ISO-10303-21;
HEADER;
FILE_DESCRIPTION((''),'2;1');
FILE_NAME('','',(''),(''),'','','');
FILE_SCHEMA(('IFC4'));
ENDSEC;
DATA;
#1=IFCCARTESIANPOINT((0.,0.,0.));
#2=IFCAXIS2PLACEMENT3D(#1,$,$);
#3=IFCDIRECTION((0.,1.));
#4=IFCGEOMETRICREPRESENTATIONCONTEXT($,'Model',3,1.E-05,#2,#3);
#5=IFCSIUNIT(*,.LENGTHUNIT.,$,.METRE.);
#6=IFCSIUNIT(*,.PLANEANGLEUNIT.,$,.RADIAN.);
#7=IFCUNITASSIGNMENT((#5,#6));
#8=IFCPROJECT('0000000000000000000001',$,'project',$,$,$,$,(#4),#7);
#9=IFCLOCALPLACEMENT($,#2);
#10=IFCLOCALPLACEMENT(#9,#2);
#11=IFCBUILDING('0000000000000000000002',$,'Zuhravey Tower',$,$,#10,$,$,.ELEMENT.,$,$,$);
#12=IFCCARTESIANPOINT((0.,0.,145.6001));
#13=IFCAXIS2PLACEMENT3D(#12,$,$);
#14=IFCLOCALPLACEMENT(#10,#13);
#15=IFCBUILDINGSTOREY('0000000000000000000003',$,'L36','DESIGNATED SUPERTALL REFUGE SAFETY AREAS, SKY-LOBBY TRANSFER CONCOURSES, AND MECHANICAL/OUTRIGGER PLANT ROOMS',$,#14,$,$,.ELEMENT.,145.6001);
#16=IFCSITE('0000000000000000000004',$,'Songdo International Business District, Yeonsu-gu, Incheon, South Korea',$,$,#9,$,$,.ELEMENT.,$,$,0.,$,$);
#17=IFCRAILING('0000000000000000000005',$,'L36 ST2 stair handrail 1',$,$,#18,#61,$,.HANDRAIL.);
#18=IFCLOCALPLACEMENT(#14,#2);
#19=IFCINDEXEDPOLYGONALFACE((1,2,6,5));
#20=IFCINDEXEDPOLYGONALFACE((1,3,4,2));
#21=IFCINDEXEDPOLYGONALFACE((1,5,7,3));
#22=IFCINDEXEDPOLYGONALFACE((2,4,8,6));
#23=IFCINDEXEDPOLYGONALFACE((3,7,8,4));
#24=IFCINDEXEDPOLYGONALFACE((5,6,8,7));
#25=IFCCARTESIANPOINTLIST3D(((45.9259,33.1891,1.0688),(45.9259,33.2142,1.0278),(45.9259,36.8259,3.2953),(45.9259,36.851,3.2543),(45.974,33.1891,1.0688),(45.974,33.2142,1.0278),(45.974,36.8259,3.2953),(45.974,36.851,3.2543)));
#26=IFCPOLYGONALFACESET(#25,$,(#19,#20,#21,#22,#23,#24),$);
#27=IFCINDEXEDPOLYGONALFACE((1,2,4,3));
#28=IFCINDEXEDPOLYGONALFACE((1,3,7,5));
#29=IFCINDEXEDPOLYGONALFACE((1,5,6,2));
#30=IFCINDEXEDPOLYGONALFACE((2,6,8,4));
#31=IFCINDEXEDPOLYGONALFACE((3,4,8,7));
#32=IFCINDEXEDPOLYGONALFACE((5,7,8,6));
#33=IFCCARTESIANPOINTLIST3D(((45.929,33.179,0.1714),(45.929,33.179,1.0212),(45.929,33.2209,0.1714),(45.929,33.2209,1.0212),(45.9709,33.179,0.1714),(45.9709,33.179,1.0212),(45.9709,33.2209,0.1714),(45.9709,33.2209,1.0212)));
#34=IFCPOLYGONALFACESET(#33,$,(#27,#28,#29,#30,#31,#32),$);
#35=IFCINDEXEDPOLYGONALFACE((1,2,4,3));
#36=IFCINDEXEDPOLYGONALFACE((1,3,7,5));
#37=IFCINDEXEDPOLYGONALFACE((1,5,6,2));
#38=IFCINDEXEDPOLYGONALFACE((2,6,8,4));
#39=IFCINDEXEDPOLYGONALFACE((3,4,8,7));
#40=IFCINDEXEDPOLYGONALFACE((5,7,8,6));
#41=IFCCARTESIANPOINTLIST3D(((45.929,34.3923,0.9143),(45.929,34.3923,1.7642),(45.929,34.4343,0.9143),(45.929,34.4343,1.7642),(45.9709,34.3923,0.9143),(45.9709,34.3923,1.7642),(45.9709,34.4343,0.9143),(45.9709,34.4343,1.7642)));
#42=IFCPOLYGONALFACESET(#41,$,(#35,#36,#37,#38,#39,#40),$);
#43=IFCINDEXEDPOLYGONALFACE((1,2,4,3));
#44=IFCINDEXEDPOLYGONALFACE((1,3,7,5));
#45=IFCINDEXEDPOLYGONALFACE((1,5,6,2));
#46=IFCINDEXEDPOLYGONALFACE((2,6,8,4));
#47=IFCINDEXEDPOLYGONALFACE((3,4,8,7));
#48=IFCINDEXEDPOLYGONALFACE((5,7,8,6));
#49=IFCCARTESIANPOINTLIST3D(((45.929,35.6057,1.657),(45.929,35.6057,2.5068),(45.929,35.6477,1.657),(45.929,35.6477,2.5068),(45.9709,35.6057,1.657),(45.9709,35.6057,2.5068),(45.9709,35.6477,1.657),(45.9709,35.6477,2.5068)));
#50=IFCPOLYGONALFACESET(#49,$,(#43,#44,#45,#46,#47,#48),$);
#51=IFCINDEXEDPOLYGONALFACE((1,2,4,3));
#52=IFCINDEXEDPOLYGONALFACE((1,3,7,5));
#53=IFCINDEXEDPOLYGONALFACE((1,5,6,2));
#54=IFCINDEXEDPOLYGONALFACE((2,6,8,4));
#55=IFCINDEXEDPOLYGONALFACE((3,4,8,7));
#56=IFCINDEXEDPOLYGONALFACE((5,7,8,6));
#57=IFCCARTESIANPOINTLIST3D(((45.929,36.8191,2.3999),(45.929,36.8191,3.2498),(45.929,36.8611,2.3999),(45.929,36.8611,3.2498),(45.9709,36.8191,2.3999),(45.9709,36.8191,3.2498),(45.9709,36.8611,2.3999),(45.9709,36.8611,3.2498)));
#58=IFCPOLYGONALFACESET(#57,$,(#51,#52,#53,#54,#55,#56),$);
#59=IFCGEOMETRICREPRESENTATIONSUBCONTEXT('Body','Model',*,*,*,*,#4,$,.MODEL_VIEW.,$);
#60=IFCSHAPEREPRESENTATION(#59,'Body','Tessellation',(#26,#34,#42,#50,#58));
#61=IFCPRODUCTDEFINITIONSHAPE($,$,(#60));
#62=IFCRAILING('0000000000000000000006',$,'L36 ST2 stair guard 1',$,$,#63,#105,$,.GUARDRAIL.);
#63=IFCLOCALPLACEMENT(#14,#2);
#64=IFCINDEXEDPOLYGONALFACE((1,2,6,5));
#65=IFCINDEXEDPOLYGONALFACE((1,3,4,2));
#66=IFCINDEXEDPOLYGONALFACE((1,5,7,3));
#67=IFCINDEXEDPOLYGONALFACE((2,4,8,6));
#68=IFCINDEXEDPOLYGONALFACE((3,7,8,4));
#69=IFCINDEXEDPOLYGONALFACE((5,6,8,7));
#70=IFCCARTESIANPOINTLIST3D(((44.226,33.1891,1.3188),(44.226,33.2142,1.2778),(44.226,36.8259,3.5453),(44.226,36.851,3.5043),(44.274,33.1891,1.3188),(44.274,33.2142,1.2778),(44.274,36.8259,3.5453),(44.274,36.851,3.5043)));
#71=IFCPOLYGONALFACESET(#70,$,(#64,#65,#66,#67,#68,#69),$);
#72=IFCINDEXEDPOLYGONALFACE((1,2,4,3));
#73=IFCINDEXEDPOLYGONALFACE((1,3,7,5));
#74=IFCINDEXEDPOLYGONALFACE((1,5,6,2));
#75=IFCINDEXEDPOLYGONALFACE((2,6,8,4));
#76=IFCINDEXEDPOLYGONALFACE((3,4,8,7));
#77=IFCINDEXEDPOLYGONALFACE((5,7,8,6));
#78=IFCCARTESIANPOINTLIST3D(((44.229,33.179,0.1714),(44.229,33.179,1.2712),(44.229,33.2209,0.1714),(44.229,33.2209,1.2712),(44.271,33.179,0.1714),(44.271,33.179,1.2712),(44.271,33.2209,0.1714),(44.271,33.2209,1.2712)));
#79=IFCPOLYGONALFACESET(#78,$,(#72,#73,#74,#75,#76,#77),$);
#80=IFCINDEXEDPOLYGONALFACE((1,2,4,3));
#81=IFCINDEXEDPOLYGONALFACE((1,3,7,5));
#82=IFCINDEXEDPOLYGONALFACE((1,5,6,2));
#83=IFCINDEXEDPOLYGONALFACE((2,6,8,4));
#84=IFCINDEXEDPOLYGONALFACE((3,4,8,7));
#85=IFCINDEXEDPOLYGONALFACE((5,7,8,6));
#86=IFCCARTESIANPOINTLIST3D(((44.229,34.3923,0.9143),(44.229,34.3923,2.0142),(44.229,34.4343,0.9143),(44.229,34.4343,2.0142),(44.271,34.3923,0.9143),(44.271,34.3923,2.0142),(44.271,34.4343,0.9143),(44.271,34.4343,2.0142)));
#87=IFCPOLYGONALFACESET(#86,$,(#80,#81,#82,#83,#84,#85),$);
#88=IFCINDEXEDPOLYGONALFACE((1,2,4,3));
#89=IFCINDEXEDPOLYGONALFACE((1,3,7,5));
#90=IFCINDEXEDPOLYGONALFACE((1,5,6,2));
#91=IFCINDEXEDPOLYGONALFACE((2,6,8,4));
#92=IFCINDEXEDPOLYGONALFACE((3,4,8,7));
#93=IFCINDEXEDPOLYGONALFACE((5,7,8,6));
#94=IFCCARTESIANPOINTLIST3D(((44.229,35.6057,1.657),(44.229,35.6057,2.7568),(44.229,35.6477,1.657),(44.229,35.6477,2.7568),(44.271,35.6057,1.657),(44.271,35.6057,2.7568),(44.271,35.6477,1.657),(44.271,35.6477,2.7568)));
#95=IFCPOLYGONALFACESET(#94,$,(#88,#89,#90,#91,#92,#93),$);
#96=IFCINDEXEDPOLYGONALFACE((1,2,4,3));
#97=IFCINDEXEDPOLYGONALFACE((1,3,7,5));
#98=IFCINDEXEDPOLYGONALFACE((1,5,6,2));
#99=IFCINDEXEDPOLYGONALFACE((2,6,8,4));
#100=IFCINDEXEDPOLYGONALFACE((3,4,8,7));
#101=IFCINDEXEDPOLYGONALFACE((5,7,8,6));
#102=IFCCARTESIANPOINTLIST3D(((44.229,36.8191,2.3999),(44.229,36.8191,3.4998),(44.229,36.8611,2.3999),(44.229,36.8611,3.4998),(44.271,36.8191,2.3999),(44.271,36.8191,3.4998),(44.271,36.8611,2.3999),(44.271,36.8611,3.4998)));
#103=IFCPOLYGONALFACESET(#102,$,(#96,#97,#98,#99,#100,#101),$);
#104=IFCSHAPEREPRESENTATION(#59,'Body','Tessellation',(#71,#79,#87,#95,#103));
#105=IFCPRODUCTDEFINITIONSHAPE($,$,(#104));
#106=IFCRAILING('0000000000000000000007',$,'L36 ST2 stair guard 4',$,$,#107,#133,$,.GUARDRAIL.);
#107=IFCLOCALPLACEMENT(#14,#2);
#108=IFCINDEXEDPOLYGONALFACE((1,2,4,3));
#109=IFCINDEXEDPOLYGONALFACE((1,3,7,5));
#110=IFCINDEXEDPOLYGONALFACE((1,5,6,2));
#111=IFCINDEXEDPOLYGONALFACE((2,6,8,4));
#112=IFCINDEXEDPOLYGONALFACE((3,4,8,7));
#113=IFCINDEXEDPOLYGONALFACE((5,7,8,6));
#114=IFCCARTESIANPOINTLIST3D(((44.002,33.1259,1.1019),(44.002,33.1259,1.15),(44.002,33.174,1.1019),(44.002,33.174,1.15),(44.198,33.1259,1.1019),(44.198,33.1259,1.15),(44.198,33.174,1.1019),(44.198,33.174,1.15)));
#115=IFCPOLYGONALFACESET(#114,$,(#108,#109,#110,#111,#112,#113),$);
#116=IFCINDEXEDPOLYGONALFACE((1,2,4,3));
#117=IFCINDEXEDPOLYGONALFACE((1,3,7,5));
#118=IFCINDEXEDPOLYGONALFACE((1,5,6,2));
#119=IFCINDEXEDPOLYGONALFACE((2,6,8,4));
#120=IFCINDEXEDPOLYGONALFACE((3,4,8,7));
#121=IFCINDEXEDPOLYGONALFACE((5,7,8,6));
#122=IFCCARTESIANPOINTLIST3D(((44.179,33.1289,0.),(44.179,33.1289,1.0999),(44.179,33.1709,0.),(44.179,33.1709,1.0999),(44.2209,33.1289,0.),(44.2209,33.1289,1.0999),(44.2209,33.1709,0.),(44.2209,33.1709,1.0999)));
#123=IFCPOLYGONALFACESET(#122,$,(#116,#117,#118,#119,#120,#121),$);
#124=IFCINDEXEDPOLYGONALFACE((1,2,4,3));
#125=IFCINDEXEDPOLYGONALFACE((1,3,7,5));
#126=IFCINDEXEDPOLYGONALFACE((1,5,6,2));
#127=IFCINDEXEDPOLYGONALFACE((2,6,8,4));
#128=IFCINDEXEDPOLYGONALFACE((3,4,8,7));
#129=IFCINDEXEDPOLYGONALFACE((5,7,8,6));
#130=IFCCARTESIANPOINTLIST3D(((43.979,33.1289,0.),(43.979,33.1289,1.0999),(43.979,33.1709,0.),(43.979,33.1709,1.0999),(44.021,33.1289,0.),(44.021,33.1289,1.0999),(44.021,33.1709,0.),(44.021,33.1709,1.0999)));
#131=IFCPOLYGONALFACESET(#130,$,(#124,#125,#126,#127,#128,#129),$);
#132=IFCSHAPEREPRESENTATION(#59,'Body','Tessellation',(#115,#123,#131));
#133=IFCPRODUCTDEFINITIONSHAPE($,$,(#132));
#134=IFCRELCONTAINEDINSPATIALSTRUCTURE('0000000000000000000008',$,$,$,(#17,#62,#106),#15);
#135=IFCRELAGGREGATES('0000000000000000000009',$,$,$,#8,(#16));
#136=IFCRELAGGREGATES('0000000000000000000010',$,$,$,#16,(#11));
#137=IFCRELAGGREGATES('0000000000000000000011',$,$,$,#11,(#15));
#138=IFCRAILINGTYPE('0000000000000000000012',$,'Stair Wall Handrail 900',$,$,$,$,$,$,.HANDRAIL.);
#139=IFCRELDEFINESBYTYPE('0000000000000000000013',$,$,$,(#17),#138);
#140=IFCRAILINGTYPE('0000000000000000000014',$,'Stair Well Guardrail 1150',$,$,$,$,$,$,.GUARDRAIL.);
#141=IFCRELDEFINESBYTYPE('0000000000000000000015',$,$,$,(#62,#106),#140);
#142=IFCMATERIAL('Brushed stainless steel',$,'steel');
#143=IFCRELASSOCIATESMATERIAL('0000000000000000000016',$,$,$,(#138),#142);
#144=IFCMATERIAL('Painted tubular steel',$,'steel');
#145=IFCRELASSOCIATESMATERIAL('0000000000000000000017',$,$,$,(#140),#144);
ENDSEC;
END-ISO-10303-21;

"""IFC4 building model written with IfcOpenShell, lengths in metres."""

from ifc_helpers import new_model, si_unit, direction, frame, origin, origin_2d, place, context, subcontext, project, spatial, rectangle, extrude, material, type_object, element, save


model = new_model("IFC4")

# Units and contexts
model_context = context("Model", 3, precision=1e-05, world=origin(), true_north=direction((0.0, 1.0)))
body_context = subcontext(model_context, "Body", "Model", "MODEL_VIEW")
ifc_project = project(units=[si_unit("LENGTHUNIT", "METRE"), si_unit("PLANEANGLEUNIT", "RADIAN")], contexts=[model_context])

# Site, building, storey
site_placement = place(None, origin())
site = spatial("IfcSite", under=ifc_project, at=site_placement, Name="Songdo International Business District, Yeonsu-gu, Incheon, South Korea", CompositionType="ELEMENT", RefElevation=0.0)
building_placement = place(site_placement, origin())
building = spatial("IfcBuilding", under=site, at=building_placement, Name="Zuhravey Tower", CompositionType="ELEMENT")
storey_placement = place(building_placement, frame((0.0, 0.0, 145.6001)))
storey = spatial("IfcBuildingStorey", under=building, at=storey_placement, Name="L36", Description="DESIGNATED SUPERTALL REFUGE SAFETY AREAS, SKY-LOBBY TRANSFER CONCOURSES, AND MECHANICAL/OUTRIGGER PLANT ROOMS", CompositionType="ELEMENT", Elevation=145.6001)

# Shared definitions
ifc_material_1 = material(Name="Brushed stainless steel", Category="steel")

# Railings
railing_type_1 = type_object("IfcRailingType", Name="Stair Wall Handrail 900", PredefinedType="HANDRAIL", material=ifc_material_1)
railing_1_placement = place(storey_placement, frame((45.95, 33.2, 0.1714)))
element("IfcRailing", 1, at=railing_1_placement, inside=storey, type_object=railing_type_1, Name="L36 ST2 stair handrail 1", PredefinedType="HANDRAIL", context=body_context, shape_type="SweptSolid", body=[
    extrude(rectangle(XDim=0.0481, YDim=0.0481, at=origin_2d()), frame((0.0, 0.0017, 0.877), z_axis=(0.0, 0.852866, 0.52213), x_axis=(-1.0, 0.0, 0.0)), (0.0, 0.0, 1.0), 4.2642),
    extrude(rectangle(XDim=0.042, YDim=0.042, at=origin_2d()), origin(), (0.0, 0.0, 1.0), 0.8499),
    extrude(rectangle(XDim=0.042, YDim=0.042, at=origin_2d()), frame((0.0, 1.2134, 0.7429)), (0.0, 0.0, 1.0), 0.8499),
    extrude(rectangle(XDim=0.042, YDim=0.042, at=origin_2d()), frame((0.0, 2.4268, 1.4856)), (0.0, 0.0, 1.0), 0.8499),
    extrude(rectangle(XDim=0.042, YDim=0.042, at=origin_2d()), frame((0.0, 3.6401, 2.2285)), (0.0, 0.0, 1.0), 0.8499),
])
ifc_material_2 = material(Name="Painted tubular steel", Category="steel")
railing_type_2 = type_object("IfcRailingType", Name="Stair Well Guardrail 1150", PredefinedType="GUARDRAIL", material=ifc_material_2)
railing_2_placement = place(storey_placement, frame((44.25, 33.2, 0.1714)))
element("IfcRailing", 2, at=railing_2_placement, inside=storey, type_object=railing_type_2, Name="L36 ST2 stair guard 1", PredefinedType="GUARDRAIL", context=body_context, shape_type="SweptSolid", body=[
    extrude(rectangle(XDim=0.0481, YDim=0.0481, at=origin_2d()), frame((0.0, 0.0017, 1.127), z_axis=(0.0, 0.852866, 0.52213), x_axis=(-1.0, 0.0, 0.0)), (0.0, 0.0, 1.0), 4.2642),
    extrude(rectangle(XDim=0.042, YDim=0.042, at=origin_2d()), origin(), (0.0, 0.0, 1.0), 1.0999),
    extrude(rectangle(XDim=0.042, YDim=0.042, at=origin_2d()), frame((0.0, 1.2134, 0.7429)), (0.0, 0.0, 1.0), 1.0999),
    extrude(rectangle(XDim=0.042, YDim=0.042, at=origin_2d()), frame((0.0, 2.4268, 1.4856)), (0.0, 0.0, 1.0), 1.0999),
    extrude(rectangle(XDim=0.042, YDim=0.042, at=origin_2d()), frame((0.0, 3.6401, 2.2285)), (0.0, 0.0, 1.0), 1.0999),
])
railing_3_placement = place(storey_placement, frame((44.2, 33.1499, 0.0)))
element("IfcRailing", 3, at=railing_3_placement, inside=storey, type_object=railing_type_2, Name="L36 ST2 stair guard 4", PredefinedType="GUARDRAIL", context=body_context, shape_type="SweptSolid", body=[
    extrude(rectangle(XDim=0.0481, YDim=0.0481, at=origin_2d()), frame((-0.002, 0.0, 1.126), z_axis=(-1.0, 0.0, 0.0), x_axis=(0.0, -1.0, 0.0)), (0.0, 0.0, 1.0), 0.196),
    extrude(rectangle(XDim=0.042, YDim=0.042, at=origin_2d()), origin(), (0.0, 0.0, 1.0), 1.0999),
    extrude(rectangle(XDim=0.042, YDim=0.042, at=origin_2d()), frame((-0.2, 0.0, 0.0)), (0.0, 0.0, 1.0), 1.0999),
])

save(model, "model.ifc")
